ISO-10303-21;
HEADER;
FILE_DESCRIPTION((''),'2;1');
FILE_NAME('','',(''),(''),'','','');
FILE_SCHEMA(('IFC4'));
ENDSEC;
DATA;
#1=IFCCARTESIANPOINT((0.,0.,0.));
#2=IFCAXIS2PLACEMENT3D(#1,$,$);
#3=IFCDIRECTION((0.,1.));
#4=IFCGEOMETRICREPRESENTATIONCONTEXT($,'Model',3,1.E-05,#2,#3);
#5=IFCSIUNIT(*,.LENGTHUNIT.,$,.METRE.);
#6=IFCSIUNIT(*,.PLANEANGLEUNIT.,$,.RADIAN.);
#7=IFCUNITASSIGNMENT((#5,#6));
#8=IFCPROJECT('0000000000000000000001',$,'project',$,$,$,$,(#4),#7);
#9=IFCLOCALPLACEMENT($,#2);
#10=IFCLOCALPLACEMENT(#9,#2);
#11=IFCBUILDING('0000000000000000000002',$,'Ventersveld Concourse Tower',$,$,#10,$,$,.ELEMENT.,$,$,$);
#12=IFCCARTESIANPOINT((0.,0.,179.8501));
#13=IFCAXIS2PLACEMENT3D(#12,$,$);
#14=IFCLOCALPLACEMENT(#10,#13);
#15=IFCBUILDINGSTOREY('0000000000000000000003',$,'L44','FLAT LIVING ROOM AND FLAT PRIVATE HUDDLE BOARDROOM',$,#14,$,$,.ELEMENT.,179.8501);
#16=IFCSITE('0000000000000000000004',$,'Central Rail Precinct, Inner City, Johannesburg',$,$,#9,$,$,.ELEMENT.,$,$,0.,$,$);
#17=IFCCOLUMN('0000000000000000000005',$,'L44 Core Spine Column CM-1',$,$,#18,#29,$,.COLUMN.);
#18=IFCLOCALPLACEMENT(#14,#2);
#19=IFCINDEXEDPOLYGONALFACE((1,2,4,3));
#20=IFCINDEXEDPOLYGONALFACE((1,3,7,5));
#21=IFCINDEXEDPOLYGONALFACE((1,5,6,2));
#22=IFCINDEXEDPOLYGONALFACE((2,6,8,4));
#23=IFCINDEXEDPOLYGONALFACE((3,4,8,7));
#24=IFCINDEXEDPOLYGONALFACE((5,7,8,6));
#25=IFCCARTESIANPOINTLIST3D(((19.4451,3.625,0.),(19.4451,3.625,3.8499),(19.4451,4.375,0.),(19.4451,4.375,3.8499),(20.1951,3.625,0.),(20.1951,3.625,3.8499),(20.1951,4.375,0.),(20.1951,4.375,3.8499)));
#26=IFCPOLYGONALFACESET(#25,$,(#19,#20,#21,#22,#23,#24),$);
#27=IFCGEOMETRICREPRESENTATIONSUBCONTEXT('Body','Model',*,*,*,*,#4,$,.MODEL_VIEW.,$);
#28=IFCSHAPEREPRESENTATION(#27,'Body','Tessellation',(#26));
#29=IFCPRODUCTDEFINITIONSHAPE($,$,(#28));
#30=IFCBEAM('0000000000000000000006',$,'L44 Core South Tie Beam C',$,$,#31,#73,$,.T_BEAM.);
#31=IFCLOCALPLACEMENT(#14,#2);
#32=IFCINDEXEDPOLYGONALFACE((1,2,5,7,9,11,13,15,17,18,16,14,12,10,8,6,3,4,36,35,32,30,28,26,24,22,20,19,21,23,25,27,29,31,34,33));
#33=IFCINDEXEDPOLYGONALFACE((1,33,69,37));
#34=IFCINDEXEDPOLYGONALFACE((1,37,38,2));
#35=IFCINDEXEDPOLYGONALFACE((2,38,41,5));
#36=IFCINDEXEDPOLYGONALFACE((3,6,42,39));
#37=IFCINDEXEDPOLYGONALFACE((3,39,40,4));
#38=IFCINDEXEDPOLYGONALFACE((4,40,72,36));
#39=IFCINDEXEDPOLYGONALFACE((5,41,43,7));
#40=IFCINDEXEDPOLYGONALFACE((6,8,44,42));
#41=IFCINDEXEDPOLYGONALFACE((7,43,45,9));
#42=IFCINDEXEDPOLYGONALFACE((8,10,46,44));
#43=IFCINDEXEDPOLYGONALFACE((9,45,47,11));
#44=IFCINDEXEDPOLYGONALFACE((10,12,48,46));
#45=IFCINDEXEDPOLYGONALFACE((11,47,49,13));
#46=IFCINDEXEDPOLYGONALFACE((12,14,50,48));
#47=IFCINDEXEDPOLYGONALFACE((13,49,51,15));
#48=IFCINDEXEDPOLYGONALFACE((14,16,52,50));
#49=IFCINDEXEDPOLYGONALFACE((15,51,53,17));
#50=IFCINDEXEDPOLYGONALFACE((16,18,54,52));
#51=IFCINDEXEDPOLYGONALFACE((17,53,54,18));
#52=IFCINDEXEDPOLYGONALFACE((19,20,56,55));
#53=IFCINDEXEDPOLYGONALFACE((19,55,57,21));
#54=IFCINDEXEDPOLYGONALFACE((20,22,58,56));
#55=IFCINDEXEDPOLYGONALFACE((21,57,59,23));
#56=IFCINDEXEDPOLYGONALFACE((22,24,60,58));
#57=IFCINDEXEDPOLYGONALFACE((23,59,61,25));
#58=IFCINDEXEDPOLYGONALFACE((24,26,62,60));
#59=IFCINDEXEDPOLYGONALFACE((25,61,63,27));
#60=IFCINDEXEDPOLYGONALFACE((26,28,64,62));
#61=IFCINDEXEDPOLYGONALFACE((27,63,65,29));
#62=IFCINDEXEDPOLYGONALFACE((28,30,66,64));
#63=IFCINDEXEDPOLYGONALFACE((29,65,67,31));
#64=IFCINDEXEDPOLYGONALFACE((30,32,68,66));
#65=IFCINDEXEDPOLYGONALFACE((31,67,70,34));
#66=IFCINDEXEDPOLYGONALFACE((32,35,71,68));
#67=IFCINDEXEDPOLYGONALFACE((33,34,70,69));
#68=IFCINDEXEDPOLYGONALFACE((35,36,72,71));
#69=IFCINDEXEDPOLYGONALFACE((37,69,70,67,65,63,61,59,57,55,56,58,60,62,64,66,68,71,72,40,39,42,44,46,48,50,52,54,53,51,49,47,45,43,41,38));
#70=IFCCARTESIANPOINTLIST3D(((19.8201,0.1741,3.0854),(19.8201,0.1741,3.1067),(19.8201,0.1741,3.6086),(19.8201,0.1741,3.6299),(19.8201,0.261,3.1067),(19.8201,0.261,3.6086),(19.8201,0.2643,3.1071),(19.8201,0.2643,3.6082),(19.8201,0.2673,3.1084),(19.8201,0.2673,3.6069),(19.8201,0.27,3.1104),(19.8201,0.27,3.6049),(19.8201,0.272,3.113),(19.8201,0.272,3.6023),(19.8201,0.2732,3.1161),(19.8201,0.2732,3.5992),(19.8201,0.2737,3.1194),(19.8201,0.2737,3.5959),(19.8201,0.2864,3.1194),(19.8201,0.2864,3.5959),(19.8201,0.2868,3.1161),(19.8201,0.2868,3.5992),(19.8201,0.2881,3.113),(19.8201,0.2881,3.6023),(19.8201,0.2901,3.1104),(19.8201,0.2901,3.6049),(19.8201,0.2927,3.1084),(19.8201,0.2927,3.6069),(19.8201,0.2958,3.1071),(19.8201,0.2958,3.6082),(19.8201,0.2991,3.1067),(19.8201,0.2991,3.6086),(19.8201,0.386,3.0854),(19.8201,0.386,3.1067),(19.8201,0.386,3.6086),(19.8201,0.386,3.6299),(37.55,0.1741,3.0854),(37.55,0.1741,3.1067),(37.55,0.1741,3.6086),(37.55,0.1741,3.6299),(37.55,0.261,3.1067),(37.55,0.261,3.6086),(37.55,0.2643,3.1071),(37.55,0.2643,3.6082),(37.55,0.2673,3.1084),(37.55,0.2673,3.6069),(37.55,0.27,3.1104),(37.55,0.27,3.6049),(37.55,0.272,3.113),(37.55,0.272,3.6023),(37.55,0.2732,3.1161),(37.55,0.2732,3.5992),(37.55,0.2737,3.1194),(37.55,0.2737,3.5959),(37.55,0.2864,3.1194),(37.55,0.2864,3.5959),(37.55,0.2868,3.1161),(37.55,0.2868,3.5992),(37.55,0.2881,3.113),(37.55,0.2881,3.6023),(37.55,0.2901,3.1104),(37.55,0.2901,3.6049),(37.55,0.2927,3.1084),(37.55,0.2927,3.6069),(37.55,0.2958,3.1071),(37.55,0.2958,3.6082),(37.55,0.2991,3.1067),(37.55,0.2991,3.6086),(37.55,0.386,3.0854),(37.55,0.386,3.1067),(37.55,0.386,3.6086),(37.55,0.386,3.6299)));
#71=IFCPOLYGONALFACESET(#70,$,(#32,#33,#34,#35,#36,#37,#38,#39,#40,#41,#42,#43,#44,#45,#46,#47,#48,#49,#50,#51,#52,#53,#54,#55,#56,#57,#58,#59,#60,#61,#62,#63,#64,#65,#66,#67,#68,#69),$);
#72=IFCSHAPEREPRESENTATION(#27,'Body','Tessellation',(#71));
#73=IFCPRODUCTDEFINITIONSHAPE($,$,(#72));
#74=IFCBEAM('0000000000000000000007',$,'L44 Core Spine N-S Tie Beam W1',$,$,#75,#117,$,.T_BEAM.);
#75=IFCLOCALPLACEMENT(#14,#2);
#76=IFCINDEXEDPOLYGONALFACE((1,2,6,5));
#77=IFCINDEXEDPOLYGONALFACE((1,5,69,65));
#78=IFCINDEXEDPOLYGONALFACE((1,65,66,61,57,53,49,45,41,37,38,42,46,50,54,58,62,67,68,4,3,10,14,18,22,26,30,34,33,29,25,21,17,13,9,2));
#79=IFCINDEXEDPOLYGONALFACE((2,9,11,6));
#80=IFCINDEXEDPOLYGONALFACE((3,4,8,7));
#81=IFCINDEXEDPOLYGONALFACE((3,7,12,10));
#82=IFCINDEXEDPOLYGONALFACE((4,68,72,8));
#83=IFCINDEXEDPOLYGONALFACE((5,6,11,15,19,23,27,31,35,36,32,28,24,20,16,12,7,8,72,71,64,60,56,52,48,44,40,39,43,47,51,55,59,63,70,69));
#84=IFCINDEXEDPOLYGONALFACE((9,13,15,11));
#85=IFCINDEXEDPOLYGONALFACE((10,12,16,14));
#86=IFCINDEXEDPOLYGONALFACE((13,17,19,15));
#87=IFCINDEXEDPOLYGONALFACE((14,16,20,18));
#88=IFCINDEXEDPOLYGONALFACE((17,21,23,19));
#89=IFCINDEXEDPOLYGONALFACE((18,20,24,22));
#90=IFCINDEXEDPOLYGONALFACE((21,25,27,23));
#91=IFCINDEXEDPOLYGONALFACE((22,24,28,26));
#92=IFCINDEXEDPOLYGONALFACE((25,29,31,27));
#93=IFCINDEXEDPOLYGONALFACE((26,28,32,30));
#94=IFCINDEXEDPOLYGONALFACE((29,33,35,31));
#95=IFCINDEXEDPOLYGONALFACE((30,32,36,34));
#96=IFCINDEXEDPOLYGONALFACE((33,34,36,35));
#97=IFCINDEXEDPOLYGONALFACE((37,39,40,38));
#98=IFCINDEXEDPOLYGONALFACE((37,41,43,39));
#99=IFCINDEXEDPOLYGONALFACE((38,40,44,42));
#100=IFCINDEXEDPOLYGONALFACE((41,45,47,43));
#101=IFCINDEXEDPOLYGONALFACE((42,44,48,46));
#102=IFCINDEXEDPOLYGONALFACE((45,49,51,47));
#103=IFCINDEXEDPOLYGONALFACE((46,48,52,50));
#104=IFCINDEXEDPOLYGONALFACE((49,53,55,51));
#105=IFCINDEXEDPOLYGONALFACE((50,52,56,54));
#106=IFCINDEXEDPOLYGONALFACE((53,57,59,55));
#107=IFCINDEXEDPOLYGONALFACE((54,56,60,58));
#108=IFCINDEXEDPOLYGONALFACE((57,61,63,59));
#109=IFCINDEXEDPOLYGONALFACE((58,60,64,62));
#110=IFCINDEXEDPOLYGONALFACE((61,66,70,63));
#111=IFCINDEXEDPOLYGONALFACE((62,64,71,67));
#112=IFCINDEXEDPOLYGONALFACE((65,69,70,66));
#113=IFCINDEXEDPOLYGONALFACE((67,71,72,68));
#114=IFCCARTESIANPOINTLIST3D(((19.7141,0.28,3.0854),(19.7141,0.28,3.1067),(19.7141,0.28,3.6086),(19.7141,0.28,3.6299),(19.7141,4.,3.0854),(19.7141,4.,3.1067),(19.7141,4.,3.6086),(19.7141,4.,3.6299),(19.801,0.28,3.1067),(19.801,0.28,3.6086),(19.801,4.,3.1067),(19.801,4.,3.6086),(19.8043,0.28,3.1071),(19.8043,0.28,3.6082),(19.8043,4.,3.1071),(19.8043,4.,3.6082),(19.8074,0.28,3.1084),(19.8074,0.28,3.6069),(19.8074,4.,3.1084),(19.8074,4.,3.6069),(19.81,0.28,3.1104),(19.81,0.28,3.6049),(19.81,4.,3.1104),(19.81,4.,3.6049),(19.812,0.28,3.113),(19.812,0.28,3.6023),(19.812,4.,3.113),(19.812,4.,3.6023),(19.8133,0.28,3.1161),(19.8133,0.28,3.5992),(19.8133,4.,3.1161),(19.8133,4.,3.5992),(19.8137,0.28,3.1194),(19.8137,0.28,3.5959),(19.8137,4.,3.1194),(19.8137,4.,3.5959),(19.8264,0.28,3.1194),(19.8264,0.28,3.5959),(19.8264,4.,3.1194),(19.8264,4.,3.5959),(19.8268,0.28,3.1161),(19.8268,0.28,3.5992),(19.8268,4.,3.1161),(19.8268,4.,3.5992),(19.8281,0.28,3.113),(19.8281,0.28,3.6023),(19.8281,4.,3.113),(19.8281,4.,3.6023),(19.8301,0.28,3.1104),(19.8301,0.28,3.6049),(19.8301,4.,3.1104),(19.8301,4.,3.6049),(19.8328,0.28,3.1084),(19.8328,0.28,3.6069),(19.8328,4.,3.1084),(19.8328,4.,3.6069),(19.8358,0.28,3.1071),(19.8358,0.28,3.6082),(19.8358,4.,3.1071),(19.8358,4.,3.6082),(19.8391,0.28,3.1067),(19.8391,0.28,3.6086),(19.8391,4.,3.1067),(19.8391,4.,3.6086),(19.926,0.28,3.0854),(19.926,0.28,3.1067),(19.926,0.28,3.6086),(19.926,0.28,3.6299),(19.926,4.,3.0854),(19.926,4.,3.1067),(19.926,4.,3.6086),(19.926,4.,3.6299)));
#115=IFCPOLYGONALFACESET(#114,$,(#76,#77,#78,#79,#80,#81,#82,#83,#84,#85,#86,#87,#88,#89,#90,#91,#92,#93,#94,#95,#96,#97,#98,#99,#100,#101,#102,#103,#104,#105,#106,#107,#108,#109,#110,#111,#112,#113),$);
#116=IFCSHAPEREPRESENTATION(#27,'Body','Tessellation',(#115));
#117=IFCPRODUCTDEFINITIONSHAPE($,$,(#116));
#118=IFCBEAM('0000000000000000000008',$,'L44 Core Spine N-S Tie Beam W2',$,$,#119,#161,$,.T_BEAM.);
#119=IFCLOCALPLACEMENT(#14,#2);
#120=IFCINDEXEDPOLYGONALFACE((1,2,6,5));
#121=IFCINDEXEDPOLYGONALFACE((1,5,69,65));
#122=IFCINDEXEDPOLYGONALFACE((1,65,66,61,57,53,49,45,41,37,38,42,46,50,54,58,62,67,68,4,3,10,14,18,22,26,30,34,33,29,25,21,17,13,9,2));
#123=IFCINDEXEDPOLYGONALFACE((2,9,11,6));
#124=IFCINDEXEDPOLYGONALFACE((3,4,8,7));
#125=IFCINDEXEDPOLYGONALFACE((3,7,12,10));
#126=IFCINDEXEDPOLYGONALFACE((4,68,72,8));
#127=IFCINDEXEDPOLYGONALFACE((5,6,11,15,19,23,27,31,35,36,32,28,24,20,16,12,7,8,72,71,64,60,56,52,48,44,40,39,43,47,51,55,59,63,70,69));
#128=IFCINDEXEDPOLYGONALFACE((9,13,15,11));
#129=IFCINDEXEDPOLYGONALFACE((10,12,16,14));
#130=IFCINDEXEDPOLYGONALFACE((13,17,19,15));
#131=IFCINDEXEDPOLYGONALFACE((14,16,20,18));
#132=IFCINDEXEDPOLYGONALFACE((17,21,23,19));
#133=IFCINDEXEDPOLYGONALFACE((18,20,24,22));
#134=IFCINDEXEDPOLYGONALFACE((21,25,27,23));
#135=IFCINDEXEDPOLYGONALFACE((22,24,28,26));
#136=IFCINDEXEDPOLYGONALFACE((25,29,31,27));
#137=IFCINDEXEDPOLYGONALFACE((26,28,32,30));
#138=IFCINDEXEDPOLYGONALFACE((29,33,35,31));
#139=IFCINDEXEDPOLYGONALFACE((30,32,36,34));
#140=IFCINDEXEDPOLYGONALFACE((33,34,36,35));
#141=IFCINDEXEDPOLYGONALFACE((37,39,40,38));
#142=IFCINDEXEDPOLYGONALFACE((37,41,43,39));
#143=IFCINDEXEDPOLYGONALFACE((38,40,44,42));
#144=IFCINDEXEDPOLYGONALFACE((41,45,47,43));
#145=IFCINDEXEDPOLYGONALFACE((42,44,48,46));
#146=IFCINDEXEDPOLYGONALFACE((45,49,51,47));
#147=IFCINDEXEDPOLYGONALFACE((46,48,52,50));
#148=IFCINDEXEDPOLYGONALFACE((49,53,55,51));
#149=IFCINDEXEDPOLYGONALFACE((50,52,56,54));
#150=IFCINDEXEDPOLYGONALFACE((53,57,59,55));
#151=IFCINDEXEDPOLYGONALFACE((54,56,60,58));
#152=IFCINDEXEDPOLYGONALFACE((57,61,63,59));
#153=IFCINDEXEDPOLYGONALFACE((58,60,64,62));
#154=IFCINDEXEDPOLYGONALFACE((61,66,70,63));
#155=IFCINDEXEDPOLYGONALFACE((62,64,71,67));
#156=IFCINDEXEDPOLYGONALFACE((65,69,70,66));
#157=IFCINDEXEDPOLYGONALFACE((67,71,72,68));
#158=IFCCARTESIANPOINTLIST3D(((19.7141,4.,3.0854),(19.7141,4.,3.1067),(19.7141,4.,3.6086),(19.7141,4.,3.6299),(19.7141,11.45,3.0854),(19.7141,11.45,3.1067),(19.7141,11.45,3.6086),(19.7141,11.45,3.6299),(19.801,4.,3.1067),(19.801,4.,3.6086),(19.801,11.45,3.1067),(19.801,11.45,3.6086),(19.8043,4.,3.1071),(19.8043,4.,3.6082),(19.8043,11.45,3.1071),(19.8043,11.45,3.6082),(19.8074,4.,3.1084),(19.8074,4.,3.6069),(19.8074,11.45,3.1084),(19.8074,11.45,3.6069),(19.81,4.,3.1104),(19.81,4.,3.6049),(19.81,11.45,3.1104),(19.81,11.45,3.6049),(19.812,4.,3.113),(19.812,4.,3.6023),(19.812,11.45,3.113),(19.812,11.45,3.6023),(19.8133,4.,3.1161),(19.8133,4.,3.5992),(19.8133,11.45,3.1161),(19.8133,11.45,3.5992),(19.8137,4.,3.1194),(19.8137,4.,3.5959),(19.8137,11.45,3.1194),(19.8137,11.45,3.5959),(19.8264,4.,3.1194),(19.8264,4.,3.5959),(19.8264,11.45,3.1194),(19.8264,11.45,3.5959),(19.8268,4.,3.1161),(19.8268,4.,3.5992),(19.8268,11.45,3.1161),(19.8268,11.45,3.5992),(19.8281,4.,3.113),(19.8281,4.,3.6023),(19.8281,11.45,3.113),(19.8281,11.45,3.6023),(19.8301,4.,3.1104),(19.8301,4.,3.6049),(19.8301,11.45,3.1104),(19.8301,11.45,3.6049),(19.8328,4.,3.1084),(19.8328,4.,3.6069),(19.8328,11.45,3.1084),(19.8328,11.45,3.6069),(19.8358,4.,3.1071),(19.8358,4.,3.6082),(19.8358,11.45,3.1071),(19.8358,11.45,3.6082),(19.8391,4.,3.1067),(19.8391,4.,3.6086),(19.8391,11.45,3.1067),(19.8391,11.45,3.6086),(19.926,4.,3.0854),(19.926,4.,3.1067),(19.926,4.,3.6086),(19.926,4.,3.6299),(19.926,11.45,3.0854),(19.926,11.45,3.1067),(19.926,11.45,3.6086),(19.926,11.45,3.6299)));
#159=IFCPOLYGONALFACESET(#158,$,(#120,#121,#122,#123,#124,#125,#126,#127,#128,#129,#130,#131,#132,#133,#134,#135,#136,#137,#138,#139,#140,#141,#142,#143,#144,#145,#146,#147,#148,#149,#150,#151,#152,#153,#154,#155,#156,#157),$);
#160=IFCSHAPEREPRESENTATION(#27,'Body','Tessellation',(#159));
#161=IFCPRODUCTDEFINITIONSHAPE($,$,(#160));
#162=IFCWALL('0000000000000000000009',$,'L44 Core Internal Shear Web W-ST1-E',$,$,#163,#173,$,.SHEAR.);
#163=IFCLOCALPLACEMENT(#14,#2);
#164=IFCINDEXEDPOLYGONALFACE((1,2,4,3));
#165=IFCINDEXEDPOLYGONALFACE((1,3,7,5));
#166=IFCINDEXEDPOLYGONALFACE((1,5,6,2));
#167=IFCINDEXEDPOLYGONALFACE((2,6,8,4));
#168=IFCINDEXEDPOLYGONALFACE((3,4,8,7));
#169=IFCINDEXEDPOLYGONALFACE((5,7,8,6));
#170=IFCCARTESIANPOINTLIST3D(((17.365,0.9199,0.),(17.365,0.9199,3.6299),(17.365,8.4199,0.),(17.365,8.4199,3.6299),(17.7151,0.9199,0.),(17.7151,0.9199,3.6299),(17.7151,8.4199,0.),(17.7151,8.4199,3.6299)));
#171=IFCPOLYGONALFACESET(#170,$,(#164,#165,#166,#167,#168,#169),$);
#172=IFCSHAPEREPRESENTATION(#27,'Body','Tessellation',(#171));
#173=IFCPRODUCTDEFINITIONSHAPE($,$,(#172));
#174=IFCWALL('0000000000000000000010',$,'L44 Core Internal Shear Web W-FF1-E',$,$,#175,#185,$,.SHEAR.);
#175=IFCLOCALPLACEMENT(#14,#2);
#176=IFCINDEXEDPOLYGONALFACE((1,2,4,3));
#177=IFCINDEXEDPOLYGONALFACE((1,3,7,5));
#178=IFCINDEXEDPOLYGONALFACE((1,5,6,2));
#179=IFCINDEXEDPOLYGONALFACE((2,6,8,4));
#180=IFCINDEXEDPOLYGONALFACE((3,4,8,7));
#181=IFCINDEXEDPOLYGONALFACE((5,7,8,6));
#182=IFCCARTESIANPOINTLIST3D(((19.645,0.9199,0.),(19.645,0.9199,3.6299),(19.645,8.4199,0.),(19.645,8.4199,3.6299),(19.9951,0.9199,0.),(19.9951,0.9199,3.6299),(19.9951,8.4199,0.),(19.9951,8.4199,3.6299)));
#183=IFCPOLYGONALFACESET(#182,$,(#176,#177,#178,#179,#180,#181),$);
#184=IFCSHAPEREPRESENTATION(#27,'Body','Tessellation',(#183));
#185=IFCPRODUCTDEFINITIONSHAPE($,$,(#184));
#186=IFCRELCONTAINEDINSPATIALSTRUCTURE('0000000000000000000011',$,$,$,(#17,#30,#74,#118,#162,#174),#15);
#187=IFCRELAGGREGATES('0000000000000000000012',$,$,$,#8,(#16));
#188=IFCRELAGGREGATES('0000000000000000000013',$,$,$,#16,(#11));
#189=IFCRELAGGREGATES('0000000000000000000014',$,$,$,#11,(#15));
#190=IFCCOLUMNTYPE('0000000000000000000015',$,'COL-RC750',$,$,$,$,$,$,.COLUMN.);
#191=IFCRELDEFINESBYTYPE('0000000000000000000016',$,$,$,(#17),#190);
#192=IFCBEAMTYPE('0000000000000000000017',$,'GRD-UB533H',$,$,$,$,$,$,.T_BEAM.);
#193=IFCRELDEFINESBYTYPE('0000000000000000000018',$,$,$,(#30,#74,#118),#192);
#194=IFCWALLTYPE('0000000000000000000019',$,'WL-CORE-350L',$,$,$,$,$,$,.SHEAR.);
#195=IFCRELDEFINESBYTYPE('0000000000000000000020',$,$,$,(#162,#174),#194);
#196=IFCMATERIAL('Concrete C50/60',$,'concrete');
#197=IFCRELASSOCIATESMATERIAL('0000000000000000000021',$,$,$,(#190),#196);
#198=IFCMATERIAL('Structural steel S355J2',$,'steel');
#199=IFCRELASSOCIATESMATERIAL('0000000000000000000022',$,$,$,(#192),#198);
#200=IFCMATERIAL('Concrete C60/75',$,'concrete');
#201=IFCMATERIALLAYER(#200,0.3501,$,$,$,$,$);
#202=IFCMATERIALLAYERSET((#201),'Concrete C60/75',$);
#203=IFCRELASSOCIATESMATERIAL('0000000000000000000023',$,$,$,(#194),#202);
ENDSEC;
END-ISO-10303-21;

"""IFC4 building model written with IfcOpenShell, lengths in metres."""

from ifc_helpers import new_model, si_unit, direction, frame, frame_2d, origin, origin_2d, place, context, subcontext, project, spatial, rectangle, i_section, extrude, material, layer, layer_set, material_profile, profile_set, type_object, element, save


model = new_model("IFC4")

# Units and contexts
model_context = context("Model", 3, precision=1e-05, world=origin(), true_north=direction((0.0, 1.0)))
body_context = subcontext(model_context, "Body", "Model", "MODEL_VIEW")
ifc_project = project(units=[si_unit("LENGTHUNIT", "METRE"), si_unit("PLANEANGLEUNIT", "RADIAN")], contexts=[model_context])

# Site, building, storey
site_placement = place(None, origin())
site = spatial("IfcSite", under=ifc_project, at=site_placement, Name="Central Rail Precinct, Inner City, Johannesburg", CompositionType="ELEMENT", RefElevation=0.0)
building_placement = place(site_placement, origin())
building = spatial("IfcBuilding", under=site, at=building_placement, Name="Ventersveld Concourse Tower", CompositionType="ELEMENT")
storey_placement = place(building_placement, frame((0.0, 0.0, 179.8501)))
storey = spatial("IfcBuildingStorey", under=building, at=storey_placement, Name="L44", Description="FLAT LIVING ROOM AND FLAT PRIVATE HUDDLE BOARDROOM", CompositionType="ELEMENT", Elevation=179.8501)

# Column
ifc_material_1 = material(Name="Concrete C50/60", Category="concrete")
ifc_material_profile_1 = material_profile(ifc_material_1, rectangle(XDim=0.75, YDim=0.75, at=origin_2d()), Name="RC 750x750")
ifc_profile_set_1 = profile_set([ifc_material_profile_1], Name="Concrete C50/60")
column_type = type_object("IfcColumnType", Name="COL-RC750", PredefinedType="COLUMN", material=ifc_profile_set_1)
column_placement = place(storey_placement, frame((19.8201, 4.0, 0.0), z_axis=(0.0, 0.0, 1.0), x_axis=(1.0, 0.0, 0.0)))
element("IfcColumn", 1, at=column_placement, inside=storey, type_object=column_type, Name="L44 Core Spine Column CM-1", PredefinedType="COLUMN", context=body_context, shape_type="SweptSolid", body=[
    extrude(rectangle(XDim=0.75, YDim=0.75, at=origin_2d()), origin(), (0.0, 0.0, 1.0), 3.8499),
])

# Beams
ifc_material_2 = material(Name="Structural steel S355J2", Category="steel")
ifc_material_profile_2 = material_profile(ifc_material_2, i_section(OverallWidth=0.2119, OverallDepth=0.5444, WebThickness=0.0127, FlangeThickness=0.0212, FilletRadius=0.0127, at=origin_2d()), Name="UB 533x210x122")
ifc_profile_set_2 = profile_set([ifc_material_profile_2], Name="Structural steel S355J2")
beam_type = type_object("IfcBeamType", Name="GRD-UB533H", PredefinedType="T_BEAM", material=ifc_profile_set_2)
beam_1_placement = place(storey_placement, frame((19.8201, 0.28, 3.3577), z_axis=(1.0, 0.0, 0.0), x_axis=(0.0, 1.0, 0.0)))
element("IfcBeam", 2, at=beam_1_placement, inside=storey, type_object=beam_type, Name="L44 Core South Tie Beam C", PredefinedType="T_BEAM", context=body_context, shape_type="SweptSolid", body=[
    extrude(i_section(OverallWidth=0.2119, OverallDepth=0.5444, WebThickness=0.0127, FlangeThickness=0.0212, FilletRadius=0.0127, at=origin_2d()), origin(), (0.0, 0.0, 1.0), 17.73),
])
beam_2_placement = place(storey_placement, frame((19.8201, 0.28, 3.3577), z_axis=(0.0, 1.0, 0.0), x_axis=(-1.0, 0.0, 0.0)))
element("IfcBeam", 3, at=beam_2_placement, inside=storey, type_object=beam_type, Name="L44 Core Spine N-S Tie Beam W1", PredefinedType="T_BEAM", context=body_context, shape_type="SweptSolid", body=[
    extrude(i_section(OverallWidth=0.2119, OverallDepth=0.5444, WebThickness=0.0127, FlangeThickness=0.0212, FilletRadius=0.0127, at=origin_2d()), origin(), (0.0, 0.0, 1.0), 3.72),
])
beam_3_placement = place(storey_placement, frame((19.8201, 4.0, 3.3577), z_axis=(0.0, 1.0, 0.0), x_axis=(-1.0, 0.0, 0.0)))
element("IfcBeam", 4, at=beam_3_placement, inside=storey, type_object=beam_type, Name="L44 Core Spine N-S Tie Beam W2", PredefinedType="T_BEAM", context=body_context, shape_type="SweptSolid", body=[
    extrude(i_section(OverallWidth=0.2119, OverallDepth=0.5444, WebThickness=0.0127, FlangeThickness=0.0212, FilletRadius=0.0127, at=origin_2d()), origin(), (0.0, 0.0, 1.0), 7.45),
])

# Walls
ifc_material_3 = material(Name="Concrete C60/75", Category="concrete")
ifc_layer_1 = layer(ifc_material_3, 0.3501)
ifc_layer_set_1 = layer_set([ifc_layer_1], Name="Concrete C60/75")
wall_type_1 = type_object("IfcWallType", Name="WL-CORE-350L", PredefinedType="SHEAR", material=ifc_layer_set_1)
for number, where, z_axis, x_axis, name in (
    (5, (17.54, 0.9199, 0.0), (0.0, 0.0, 1.0), (0.0, 1.0, 0.0), "L44 Core Internal Shear Web W-ST1-E"),
    (6, (19.8201, 0.9199, 0.0), (0.0, 0.0, 1.0), (0.0, 1.0, 0.0), "L44 Core Internal Shear Web W-FF1-E"),
):
    element("IfcWall", number, at=place(storey_placement, frame(where, z_axis=z_axis, x_axis=x_axis)), inside=storey, type_object=wall_type_1, Name=name, PredefinedType="SHEAR", context=body_context, shape_type="SweptSolid", body=[
        extrude(rectangle(XDim=7.5, YDim=0.3501, at=frame_2d((3.75, 0.0))), origin(), (0.0, 0.0, 1.0), 3.6299),
    ])

save(model, "model.ifc")
